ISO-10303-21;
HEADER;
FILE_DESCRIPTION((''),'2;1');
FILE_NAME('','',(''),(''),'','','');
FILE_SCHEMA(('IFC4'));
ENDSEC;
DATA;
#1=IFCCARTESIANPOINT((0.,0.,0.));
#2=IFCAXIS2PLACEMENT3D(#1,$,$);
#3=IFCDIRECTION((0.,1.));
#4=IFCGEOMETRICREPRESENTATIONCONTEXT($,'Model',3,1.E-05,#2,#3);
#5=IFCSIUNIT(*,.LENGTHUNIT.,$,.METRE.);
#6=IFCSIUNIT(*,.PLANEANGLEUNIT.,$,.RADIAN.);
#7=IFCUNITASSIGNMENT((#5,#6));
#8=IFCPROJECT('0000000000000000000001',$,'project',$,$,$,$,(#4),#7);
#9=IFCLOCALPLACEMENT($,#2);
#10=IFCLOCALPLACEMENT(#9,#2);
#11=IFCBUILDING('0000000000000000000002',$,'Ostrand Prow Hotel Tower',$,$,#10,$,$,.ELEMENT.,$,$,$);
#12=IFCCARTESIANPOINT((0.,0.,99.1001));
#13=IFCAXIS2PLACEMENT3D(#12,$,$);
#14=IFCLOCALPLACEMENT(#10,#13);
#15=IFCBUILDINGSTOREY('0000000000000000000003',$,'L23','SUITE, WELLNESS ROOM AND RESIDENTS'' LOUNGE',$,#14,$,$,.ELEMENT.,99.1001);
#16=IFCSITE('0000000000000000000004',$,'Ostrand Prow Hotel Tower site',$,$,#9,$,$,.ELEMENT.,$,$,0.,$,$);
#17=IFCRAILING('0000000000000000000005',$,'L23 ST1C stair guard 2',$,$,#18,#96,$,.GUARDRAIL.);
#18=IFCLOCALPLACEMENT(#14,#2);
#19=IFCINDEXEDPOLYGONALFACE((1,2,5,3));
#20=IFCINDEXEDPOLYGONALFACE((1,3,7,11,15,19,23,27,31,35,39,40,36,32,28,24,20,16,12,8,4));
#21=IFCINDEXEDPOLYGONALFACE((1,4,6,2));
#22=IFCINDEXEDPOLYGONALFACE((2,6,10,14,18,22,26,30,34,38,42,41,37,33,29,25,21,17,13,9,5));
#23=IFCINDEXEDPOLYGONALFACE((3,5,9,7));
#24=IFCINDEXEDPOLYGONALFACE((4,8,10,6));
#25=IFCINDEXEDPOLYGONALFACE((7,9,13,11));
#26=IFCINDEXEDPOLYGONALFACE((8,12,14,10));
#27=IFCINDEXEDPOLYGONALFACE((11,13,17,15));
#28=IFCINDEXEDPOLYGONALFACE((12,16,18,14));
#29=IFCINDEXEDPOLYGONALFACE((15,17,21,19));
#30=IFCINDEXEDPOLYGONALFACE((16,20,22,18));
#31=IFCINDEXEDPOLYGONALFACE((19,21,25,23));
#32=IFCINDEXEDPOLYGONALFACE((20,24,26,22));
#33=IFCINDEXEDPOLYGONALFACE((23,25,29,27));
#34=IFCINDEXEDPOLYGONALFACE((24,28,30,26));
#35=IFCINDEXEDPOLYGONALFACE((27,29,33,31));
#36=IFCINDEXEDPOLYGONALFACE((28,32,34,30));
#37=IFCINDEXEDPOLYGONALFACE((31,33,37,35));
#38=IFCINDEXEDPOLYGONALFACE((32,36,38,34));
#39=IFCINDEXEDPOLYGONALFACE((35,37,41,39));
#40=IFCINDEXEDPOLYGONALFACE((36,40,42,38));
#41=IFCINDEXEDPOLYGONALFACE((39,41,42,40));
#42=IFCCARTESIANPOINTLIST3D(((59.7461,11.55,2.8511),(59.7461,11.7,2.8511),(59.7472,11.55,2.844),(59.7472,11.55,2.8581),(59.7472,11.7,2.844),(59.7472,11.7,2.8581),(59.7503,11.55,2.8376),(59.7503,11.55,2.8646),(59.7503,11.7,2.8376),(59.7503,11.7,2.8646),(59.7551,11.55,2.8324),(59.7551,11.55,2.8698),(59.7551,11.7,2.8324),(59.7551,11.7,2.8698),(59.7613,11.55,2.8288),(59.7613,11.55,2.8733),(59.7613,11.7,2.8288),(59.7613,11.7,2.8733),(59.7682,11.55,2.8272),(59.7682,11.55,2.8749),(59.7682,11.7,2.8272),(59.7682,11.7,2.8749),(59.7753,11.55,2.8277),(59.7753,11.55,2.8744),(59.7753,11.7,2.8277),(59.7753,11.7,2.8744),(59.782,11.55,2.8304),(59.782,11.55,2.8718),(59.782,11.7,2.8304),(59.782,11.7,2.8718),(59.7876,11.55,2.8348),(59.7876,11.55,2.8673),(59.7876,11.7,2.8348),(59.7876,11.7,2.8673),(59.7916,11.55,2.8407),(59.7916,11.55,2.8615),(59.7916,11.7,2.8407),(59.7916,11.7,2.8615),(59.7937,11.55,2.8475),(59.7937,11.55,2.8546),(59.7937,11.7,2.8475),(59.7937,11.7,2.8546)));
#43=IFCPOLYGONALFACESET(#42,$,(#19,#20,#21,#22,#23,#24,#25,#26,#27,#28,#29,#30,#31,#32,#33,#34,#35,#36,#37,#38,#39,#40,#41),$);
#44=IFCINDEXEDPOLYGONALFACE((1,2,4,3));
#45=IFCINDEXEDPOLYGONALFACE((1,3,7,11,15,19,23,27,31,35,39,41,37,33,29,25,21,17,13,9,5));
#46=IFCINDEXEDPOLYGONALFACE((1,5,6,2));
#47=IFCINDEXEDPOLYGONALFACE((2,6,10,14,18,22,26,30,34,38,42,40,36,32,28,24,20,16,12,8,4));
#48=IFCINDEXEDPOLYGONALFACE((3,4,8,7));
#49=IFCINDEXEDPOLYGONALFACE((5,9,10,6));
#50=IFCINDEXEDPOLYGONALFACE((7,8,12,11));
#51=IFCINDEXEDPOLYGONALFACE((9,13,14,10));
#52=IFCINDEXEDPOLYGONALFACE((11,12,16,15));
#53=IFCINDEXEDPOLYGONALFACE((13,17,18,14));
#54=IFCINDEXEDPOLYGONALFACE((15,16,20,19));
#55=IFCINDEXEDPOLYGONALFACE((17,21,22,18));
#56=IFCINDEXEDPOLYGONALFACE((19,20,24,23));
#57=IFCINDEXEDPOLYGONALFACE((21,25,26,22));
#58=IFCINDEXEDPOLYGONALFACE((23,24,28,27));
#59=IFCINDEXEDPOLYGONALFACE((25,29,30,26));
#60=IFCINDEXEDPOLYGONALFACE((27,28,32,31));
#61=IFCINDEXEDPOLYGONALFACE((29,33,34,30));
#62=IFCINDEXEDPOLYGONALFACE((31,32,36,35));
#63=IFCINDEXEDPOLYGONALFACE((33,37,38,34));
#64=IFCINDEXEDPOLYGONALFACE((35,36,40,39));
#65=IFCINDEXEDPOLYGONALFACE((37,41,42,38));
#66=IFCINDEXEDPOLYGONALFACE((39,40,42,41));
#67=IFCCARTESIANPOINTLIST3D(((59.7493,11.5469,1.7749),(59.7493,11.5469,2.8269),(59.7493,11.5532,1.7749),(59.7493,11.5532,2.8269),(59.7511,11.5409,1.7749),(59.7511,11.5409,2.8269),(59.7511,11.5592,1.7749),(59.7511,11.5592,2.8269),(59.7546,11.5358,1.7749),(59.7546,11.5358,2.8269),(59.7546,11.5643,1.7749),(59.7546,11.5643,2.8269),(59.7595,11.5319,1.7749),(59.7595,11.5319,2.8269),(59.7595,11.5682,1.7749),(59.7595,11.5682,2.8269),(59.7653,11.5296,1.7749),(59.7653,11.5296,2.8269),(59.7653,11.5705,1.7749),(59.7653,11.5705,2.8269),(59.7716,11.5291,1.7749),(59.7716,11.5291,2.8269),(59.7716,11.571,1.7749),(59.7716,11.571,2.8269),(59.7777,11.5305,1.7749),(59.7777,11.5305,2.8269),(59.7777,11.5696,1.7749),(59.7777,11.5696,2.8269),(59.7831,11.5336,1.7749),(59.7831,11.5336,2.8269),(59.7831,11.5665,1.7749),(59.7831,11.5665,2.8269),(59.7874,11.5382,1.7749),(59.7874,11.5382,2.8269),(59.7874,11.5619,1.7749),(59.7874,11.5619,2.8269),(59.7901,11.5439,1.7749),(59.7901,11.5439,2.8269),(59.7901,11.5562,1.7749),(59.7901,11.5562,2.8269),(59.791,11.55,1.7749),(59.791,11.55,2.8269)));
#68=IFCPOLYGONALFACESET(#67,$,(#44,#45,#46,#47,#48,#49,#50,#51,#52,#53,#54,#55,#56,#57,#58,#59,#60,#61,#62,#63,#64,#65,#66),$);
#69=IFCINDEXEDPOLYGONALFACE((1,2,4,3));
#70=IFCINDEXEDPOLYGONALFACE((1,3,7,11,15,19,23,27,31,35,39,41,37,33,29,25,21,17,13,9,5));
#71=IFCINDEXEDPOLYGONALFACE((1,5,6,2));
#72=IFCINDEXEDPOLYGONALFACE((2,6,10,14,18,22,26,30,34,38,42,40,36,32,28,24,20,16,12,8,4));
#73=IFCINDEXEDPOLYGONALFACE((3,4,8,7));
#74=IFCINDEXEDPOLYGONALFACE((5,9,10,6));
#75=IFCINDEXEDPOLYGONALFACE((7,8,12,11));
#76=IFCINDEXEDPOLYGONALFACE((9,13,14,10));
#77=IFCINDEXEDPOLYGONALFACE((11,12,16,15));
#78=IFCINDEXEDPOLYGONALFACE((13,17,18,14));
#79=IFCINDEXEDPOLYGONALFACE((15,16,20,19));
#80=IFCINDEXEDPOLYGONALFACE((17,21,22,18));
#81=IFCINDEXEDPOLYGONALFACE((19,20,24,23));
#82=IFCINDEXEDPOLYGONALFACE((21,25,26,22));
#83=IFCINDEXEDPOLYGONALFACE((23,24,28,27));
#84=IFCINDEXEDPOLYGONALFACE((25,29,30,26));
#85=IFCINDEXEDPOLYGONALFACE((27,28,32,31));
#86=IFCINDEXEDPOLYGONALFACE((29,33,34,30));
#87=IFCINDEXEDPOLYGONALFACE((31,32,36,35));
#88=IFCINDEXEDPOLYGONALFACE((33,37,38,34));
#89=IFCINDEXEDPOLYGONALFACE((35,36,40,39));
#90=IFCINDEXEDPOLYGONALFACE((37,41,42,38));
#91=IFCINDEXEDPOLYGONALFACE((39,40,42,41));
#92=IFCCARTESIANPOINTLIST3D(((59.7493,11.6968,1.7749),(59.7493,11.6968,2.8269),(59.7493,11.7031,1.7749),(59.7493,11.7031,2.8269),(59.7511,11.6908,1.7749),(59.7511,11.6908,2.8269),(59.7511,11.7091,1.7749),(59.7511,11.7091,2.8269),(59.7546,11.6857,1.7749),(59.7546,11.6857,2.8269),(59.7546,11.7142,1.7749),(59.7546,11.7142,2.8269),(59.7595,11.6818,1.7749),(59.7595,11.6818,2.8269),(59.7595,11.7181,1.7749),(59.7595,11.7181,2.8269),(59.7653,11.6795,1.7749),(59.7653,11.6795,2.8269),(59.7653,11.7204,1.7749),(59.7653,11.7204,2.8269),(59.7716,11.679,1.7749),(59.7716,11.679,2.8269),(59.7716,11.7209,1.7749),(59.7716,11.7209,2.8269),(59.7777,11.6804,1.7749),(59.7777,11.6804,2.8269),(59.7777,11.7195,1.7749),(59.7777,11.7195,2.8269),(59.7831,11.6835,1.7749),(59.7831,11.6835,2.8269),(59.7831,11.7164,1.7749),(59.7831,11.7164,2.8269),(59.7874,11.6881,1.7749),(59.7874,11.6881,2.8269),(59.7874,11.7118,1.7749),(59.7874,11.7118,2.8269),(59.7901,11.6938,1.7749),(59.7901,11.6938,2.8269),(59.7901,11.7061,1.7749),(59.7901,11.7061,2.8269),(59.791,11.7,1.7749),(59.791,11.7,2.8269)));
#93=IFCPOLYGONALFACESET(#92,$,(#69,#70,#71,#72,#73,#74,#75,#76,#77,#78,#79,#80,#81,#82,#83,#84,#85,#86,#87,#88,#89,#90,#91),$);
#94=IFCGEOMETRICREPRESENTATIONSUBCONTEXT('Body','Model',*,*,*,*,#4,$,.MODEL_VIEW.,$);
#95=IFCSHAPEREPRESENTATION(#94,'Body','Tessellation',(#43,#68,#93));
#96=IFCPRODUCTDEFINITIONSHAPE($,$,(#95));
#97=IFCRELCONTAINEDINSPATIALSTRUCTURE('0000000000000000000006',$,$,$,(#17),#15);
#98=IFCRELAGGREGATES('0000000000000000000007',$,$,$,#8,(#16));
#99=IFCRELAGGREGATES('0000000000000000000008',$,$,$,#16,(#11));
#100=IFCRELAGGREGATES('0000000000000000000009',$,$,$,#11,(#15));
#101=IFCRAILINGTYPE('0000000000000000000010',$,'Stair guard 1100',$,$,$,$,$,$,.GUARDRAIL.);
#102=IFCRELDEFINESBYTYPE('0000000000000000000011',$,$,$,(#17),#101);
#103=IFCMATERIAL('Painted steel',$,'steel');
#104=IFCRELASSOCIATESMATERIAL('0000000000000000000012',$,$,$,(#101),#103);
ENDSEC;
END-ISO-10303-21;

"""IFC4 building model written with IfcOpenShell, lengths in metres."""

from ifc_helpers import new_model, si_unit, direction, frame, origin, origin_2d, place, context, subcontext, project, spatial, circle, extrude, material, type_object, element, save


model = new_model("IFC4")

# Units and contexts
model_context = context("Model", 3, precision=1e-05, world=origin(), true_north=direction((0.0, 1.0)))
body_context = subcontext(model_context, "Body", "Model", "MODEL_VIEW")
ifc_project = project(units=[si_unit("LENGTHUNIT", "METRE"), si_unit("PLANEANGLEUNIT", "RADIAN")], contexts=[model_context])

# Site, building, storey
site_placement = place(None, origin())
site = spatial("IfcSite", under=ifc_project, at=site_placement, Name="Ostrand Prow Hotel Tower site", CompositionType="ELEMENT", RefElevation=0.0)
building_placement = place(site_placement, origin())
building = spatial("IfcBuilding", under=site, at=building_placement, Name="Ostrand Prow Hotel Tower", CompositionType="ELEMENT")
storey_placement = place(building_placement, frame((0.0, 0.0, 99.1001)))
storey = spatial("IfcBuildingStorey", under=building, at=storey_placement, Name="L23", Description="SUITE, WELLNESS ROOM AND RESIDENTS' LOUNGE", CompositionType="ELEMENT", Elevation=99.1001)

# Railing
ifc_material_1 = material(Name="Painted steel", Category="steel")
railing_type_1 = type_object("IfcRailingType", Name="Stair guard 1100", PredefinedType="GUARDRAIL", material=ifc_material_1)
railing_1_placement = place(storey_placement, frame((59.77, 11.55, 1.7749)))
element("IfcRailing", 1, at=railing_1_placement, inside=storey, type_object=railing_type_1, Name="L23 ST1C stair guard 2", PredefinedType="GUARDRAIL", context=body_context, shape_type="SweptSolid", body=[
    extrude(circle(Radius=0.0239, at=origin_2d()), frame((0.0, 0.0, 1.0762), z_axis=(0.0, 1.0, 0.0), x_axis=(-1.0, 0.0, 0.0)), (0.0, 0.0, 1.0), 0.1499),
    extrude(circle(Radius=0.021, at=origin_2d()), origin(), (0.0, 0.0, 1.0), 1.052),
    extrude(circle(Radius=0.021, at=origin_2d()), frame((0.0, 0.1499, 0.0)), (0.0, 0.0, 1.0), 1.052),
])

save(model, "model.ifc")
